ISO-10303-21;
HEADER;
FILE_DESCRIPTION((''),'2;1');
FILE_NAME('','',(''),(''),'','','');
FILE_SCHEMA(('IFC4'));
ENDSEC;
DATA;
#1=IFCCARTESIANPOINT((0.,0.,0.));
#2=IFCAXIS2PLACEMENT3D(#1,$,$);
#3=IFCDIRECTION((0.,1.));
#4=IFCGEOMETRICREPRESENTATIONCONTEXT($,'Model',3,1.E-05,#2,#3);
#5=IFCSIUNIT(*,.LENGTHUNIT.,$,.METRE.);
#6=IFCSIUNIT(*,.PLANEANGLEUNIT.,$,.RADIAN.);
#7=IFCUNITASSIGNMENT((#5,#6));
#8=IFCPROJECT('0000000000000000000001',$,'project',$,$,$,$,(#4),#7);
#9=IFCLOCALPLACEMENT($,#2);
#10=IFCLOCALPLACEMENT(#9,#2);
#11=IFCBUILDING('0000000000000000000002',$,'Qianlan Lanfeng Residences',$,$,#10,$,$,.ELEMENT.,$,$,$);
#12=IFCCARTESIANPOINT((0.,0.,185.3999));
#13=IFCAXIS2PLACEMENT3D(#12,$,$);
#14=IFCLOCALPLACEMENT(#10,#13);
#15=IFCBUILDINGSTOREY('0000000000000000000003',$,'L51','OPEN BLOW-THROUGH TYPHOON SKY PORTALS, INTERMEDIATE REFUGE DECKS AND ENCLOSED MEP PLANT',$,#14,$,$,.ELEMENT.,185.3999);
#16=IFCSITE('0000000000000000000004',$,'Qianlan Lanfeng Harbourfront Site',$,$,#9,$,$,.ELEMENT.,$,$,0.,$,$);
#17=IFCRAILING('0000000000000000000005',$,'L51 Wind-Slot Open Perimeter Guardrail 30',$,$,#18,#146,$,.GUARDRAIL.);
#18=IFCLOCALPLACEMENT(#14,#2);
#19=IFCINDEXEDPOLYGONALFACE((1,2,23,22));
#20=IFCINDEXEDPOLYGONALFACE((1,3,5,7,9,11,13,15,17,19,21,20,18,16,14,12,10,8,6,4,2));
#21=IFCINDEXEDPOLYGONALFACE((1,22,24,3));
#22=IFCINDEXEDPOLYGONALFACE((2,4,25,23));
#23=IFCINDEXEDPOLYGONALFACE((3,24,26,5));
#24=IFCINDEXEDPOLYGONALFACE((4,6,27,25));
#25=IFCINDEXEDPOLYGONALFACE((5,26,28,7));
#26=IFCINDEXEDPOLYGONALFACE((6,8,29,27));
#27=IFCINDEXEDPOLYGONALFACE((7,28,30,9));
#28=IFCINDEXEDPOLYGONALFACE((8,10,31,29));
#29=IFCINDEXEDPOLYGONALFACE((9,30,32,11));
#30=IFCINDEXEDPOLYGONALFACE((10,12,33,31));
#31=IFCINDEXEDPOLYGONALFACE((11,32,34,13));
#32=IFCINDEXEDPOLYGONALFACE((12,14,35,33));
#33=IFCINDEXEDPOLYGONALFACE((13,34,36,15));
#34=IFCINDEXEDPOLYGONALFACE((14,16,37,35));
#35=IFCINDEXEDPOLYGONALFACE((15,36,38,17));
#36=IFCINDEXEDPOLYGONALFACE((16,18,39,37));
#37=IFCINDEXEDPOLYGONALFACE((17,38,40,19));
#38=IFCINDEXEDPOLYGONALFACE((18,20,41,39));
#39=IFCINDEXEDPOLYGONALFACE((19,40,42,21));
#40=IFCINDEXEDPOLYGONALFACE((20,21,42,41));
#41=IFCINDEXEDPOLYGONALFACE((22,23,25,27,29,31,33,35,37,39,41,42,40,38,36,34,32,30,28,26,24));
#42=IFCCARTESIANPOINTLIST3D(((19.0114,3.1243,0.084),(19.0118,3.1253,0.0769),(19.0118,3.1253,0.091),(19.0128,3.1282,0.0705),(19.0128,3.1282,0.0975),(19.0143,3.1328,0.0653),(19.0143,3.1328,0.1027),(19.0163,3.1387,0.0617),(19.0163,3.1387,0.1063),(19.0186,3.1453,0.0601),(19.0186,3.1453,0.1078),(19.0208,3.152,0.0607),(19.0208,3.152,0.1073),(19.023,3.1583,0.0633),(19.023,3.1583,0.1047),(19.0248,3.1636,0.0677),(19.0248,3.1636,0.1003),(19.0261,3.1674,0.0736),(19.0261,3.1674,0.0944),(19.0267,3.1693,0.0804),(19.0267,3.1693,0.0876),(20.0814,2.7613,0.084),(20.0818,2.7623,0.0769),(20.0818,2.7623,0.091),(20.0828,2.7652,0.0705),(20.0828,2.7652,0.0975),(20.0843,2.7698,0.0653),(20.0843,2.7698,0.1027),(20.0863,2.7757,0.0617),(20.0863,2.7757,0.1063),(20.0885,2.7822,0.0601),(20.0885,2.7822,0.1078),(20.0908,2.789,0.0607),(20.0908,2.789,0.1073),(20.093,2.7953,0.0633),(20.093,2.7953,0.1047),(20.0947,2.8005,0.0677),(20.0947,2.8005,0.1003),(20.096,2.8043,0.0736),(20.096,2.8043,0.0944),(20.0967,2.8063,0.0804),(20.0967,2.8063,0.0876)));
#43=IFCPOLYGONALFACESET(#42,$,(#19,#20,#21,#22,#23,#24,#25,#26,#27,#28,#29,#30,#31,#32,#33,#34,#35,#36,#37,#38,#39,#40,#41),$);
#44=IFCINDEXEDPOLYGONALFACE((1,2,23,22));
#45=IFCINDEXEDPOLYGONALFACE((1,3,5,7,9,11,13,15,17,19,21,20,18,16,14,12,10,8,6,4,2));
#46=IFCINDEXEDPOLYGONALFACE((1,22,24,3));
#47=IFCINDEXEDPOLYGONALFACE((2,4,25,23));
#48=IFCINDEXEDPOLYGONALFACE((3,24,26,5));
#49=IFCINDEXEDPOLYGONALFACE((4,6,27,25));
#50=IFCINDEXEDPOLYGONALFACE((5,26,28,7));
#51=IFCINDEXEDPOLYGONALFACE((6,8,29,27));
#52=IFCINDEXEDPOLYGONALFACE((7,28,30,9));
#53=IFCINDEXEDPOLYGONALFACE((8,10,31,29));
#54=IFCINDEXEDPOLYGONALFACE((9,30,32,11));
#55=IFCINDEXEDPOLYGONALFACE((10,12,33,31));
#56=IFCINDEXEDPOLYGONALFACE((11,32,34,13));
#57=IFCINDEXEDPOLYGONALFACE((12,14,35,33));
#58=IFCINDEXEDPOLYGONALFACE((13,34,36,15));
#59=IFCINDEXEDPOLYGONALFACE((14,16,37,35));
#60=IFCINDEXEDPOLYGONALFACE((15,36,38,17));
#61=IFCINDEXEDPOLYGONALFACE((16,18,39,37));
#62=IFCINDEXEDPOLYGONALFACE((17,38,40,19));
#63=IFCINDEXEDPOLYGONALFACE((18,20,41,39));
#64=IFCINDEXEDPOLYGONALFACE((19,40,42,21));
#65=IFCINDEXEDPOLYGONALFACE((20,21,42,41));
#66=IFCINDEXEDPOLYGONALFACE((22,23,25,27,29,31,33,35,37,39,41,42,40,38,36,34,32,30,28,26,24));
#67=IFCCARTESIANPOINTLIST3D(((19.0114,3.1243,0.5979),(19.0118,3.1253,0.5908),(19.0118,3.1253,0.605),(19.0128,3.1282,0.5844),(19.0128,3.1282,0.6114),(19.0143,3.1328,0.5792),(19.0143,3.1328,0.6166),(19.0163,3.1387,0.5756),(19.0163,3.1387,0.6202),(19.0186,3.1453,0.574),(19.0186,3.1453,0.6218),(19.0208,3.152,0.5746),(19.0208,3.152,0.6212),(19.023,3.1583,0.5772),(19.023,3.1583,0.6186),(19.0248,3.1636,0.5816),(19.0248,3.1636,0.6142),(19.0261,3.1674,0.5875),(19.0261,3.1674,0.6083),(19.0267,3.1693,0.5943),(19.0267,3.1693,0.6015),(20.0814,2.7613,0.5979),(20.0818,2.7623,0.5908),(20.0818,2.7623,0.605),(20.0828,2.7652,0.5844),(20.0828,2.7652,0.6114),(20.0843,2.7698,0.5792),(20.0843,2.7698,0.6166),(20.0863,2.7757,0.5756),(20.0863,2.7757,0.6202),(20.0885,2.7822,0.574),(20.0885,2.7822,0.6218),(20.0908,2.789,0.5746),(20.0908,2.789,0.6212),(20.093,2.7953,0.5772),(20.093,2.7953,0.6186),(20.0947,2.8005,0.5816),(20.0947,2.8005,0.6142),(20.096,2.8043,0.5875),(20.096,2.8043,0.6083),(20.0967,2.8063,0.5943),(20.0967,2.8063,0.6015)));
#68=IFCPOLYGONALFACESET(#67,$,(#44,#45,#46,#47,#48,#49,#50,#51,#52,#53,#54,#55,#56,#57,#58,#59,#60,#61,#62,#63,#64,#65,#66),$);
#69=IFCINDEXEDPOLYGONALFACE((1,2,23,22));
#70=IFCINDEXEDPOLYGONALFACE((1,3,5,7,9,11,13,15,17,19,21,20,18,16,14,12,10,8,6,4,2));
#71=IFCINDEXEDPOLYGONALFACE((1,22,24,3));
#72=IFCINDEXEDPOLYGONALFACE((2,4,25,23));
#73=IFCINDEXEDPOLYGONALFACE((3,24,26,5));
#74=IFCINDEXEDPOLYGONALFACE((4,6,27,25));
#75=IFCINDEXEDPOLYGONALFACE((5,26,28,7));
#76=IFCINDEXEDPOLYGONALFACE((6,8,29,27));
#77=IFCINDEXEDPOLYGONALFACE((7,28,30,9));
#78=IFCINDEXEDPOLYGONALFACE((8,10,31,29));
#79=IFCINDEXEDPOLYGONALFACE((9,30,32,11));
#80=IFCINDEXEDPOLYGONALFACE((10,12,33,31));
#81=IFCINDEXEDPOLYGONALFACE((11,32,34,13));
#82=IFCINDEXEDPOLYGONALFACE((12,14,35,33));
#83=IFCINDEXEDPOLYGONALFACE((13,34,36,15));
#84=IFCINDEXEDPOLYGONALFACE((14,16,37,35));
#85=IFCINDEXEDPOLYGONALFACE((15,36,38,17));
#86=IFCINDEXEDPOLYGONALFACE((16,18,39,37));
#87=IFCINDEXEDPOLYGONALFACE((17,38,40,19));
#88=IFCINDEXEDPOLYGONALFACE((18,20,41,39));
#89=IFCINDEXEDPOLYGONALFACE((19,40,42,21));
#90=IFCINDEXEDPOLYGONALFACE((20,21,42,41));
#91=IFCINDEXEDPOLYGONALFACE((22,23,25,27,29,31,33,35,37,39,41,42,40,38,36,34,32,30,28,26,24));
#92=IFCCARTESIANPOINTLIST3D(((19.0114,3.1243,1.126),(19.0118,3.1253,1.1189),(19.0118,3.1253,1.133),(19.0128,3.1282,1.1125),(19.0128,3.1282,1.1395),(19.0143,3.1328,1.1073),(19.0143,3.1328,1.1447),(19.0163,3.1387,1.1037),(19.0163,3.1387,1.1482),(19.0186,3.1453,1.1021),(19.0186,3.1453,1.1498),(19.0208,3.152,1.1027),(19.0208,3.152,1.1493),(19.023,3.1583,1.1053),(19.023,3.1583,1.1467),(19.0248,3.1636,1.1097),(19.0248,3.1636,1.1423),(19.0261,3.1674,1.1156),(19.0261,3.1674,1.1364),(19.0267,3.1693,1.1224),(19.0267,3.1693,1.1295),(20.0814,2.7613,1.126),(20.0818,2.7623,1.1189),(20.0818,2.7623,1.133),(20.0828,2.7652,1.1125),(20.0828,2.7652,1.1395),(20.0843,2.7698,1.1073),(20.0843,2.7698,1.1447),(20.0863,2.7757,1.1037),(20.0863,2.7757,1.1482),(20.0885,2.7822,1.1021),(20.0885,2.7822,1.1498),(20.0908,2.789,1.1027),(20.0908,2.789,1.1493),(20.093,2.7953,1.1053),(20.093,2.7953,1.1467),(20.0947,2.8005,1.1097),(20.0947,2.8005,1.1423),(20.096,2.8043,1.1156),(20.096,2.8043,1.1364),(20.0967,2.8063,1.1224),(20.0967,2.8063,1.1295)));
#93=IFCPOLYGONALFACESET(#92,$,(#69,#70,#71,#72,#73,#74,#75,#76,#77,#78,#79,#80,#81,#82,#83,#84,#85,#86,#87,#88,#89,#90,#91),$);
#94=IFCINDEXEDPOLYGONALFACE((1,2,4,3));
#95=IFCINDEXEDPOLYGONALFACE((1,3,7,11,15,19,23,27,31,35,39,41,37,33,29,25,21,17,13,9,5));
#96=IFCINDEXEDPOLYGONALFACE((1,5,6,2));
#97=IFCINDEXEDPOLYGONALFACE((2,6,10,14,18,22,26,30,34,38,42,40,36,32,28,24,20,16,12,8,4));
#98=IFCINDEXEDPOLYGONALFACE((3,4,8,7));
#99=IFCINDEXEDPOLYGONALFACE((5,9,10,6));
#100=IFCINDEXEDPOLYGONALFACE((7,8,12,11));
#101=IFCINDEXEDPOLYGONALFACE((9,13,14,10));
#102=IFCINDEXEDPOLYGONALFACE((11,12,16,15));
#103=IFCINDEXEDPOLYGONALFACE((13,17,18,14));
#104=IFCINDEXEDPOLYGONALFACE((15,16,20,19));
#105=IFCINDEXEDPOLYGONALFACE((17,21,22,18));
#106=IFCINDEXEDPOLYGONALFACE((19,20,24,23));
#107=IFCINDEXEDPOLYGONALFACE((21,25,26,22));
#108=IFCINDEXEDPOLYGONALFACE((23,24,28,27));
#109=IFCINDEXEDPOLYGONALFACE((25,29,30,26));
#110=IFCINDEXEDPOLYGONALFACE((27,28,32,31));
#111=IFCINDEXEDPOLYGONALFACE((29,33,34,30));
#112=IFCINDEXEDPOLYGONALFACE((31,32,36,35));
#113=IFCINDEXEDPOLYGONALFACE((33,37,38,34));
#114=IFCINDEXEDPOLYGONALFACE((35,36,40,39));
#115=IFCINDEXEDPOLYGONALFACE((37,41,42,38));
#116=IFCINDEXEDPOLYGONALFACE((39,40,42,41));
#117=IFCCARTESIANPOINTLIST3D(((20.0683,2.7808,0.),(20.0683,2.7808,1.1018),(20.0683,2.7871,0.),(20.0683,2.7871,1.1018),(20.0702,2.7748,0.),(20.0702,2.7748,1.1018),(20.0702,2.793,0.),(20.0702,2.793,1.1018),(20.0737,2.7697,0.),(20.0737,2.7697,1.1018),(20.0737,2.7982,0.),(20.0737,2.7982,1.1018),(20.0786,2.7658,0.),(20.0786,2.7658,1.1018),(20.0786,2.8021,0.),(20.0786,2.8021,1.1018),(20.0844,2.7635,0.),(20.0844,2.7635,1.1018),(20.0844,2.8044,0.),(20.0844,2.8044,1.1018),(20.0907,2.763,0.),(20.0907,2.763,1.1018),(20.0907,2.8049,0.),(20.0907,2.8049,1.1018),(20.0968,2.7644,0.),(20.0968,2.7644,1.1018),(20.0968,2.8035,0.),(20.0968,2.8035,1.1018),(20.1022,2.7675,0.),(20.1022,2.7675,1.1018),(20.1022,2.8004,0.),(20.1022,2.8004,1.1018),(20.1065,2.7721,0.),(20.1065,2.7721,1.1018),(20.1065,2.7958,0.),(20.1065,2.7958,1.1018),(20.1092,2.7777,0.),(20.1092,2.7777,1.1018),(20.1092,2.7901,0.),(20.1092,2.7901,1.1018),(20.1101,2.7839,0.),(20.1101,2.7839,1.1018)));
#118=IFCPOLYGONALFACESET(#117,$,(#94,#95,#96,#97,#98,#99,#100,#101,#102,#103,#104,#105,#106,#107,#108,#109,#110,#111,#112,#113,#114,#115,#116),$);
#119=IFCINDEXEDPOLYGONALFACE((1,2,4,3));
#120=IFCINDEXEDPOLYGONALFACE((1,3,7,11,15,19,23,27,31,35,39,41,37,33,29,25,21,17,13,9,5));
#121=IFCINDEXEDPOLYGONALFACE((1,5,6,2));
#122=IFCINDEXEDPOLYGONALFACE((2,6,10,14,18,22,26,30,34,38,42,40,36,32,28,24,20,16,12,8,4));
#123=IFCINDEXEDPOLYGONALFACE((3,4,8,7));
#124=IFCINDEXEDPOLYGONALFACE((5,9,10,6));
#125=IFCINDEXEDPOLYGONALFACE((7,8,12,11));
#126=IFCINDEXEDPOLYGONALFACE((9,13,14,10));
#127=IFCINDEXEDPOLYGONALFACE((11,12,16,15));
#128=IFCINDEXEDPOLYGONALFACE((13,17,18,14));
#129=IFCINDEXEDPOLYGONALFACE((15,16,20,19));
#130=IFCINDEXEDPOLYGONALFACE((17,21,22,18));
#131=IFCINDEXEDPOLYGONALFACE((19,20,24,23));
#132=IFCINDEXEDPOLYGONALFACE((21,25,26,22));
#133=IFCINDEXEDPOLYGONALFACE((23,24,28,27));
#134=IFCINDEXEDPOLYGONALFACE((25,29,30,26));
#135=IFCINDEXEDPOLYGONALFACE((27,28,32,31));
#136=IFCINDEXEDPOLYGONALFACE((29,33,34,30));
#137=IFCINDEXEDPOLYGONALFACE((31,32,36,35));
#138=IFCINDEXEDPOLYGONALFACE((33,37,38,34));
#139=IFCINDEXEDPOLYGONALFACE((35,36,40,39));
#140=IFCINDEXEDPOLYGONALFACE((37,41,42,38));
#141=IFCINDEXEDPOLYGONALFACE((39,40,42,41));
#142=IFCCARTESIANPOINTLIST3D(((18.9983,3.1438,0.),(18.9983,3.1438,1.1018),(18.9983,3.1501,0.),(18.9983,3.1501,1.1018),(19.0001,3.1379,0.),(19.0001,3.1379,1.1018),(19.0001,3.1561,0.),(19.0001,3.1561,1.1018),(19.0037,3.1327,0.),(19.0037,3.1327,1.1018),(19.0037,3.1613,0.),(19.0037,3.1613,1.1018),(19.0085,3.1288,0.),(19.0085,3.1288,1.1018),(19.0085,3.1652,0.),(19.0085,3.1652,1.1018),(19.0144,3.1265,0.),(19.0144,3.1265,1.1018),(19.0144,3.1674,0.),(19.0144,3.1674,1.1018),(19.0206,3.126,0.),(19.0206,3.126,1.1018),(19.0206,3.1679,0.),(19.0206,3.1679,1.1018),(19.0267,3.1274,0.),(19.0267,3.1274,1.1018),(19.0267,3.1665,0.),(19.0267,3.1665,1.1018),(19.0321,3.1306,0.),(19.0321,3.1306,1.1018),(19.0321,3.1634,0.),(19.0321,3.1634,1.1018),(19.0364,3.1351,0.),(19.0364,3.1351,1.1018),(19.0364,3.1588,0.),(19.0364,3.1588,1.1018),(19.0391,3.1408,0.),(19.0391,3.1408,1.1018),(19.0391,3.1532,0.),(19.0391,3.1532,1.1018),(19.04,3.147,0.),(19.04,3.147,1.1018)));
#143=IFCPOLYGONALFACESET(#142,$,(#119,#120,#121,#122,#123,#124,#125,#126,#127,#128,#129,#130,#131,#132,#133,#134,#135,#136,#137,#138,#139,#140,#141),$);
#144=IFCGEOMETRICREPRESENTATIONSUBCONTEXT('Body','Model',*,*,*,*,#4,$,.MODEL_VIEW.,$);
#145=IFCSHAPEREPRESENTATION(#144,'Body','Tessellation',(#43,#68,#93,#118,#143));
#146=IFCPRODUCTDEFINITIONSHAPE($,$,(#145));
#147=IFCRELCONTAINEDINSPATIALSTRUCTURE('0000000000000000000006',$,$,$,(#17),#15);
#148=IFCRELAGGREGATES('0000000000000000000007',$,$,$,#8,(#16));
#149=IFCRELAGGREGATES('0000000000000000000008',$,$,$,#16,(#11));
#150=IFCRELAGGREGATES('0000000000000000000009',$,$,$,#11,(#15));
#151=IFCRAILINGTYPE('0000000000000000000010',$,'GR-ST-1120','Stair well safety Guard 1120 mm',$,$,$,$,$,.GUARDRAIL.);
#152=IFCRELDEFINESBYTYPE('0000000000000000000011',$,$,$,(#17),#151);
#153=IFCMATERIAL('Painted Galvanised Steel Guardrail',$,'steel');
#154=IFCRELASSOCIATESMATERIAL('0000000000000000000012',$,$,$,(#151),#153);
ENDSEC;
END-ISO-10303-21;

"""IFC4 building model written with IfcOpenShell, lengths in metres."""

from ifc_helpers import new_model, si_unit, direction, frame, origin, origin_2d, place, context, subcontext, project, spatial, circle, extrude, material, type_object, element, save


model = new_model("IFC4")

# Units and contexts
model_context = context("Model", 3, precision=1e-05, world=origin(), true_north=direction((0.0, 1.0)))
body_context = subcontext(model_context, "Body", "Model", "MODEL_VIEW")
ifc_project = project(units=[si_unit("LENGTHUNIT", "METRE"), si_unit("PLANEANGLEUNIT", "RADIAN")], contexts=[model_context])

# Site, building, storey
site_placement = place(None, origin())
site = spatial("IfcSite", under=ifc_project, at=site_placement, Name="Qianlan Lanfeng Harbourfront Site", CompositionType="ELEMENT", RefElevation=0.0)
building_placement = place(site_placement, origin())
building = spatial("IfcBuilding", under=site, at=building_placement, Name="Qianlan Lanfeng Residences", CompositionType="ELEMENT")
storey_placement = place(building_placement, frame((0.0, 0.0, 185.3999)))
storey = spatial("IfcBuildingStorey", under=building, at=storey_placement, Name="L51", Description="OPEN BLOW-THROUGH TYPHOON SKY PORTALS, INTERMEDIATE REFUGE DECKS AND ENCLOSED MEP PLANT", CompositionType="ELEMENT", Elevation=185.3999)

# Railing
ifc_material_1 = material(Name="Painted Galvanised Steel Guardrail", Category="steel")
railing_type = type_object("IfcRailingType", Name="GR-ST-1120", Description="Stair well safety Guard 1120 mm", PredefinedType="GUARDRAIL", material=ifc_material_1)
railing_1_placement = place(storey_placement, frame((20.0891, 2.7839, 0.0)))
element("IfcRailing", 1, at=railing_1_placement, inside=storey, type_object=railing_type, Name="L51 Wind-Slot Open Perimeter Guardrail 30", PredefinedType="GUARDRAIL", context=body_context, shape_type="SweptSolid", body=[
    extrude(circle(Radius=0.0239, at=origin_2d()), frame((0.0, 0.0, 0.084), z_axis=(-0.946985, 0.321279, 0.0), x_axis=(-0.321279, -0.946985, 0.0)), (0.0, 0.0, 1.0), 1.1299),
    extrude(circle(Radius=0.0239, at=origin_2d()), frame((0.0, 0.0, 0.5979), z_axis=(-0.946985, 0.321279, 0.0), x_axis=(-0.321279, -0.946985, 0.0)), (0.0, 0.0, 1.0), 1.1299),
    extrude(circle(Radius=0.0239, at=origin_2d()), frame((0.0, 0.0, 1.126), z_axis=(-0.946985, 0.321279, 0.0), x_axis=(-0.321279, -0.946985, 0.0)), (0.0, 0.0, 1.0), 1.1299),
    extrude(circle(Radius=0.021, at=origin_2d()), origin(), (0.0, 0.0, 1.0), 1.1018),
    extrude(circle(Radius=0.021, at=origin_2d()), frame((-1.0701, 0.363, 0.0)), (0.0, 0.0, 1.0), 1.1018),
])

save(model, "model.ifc")
